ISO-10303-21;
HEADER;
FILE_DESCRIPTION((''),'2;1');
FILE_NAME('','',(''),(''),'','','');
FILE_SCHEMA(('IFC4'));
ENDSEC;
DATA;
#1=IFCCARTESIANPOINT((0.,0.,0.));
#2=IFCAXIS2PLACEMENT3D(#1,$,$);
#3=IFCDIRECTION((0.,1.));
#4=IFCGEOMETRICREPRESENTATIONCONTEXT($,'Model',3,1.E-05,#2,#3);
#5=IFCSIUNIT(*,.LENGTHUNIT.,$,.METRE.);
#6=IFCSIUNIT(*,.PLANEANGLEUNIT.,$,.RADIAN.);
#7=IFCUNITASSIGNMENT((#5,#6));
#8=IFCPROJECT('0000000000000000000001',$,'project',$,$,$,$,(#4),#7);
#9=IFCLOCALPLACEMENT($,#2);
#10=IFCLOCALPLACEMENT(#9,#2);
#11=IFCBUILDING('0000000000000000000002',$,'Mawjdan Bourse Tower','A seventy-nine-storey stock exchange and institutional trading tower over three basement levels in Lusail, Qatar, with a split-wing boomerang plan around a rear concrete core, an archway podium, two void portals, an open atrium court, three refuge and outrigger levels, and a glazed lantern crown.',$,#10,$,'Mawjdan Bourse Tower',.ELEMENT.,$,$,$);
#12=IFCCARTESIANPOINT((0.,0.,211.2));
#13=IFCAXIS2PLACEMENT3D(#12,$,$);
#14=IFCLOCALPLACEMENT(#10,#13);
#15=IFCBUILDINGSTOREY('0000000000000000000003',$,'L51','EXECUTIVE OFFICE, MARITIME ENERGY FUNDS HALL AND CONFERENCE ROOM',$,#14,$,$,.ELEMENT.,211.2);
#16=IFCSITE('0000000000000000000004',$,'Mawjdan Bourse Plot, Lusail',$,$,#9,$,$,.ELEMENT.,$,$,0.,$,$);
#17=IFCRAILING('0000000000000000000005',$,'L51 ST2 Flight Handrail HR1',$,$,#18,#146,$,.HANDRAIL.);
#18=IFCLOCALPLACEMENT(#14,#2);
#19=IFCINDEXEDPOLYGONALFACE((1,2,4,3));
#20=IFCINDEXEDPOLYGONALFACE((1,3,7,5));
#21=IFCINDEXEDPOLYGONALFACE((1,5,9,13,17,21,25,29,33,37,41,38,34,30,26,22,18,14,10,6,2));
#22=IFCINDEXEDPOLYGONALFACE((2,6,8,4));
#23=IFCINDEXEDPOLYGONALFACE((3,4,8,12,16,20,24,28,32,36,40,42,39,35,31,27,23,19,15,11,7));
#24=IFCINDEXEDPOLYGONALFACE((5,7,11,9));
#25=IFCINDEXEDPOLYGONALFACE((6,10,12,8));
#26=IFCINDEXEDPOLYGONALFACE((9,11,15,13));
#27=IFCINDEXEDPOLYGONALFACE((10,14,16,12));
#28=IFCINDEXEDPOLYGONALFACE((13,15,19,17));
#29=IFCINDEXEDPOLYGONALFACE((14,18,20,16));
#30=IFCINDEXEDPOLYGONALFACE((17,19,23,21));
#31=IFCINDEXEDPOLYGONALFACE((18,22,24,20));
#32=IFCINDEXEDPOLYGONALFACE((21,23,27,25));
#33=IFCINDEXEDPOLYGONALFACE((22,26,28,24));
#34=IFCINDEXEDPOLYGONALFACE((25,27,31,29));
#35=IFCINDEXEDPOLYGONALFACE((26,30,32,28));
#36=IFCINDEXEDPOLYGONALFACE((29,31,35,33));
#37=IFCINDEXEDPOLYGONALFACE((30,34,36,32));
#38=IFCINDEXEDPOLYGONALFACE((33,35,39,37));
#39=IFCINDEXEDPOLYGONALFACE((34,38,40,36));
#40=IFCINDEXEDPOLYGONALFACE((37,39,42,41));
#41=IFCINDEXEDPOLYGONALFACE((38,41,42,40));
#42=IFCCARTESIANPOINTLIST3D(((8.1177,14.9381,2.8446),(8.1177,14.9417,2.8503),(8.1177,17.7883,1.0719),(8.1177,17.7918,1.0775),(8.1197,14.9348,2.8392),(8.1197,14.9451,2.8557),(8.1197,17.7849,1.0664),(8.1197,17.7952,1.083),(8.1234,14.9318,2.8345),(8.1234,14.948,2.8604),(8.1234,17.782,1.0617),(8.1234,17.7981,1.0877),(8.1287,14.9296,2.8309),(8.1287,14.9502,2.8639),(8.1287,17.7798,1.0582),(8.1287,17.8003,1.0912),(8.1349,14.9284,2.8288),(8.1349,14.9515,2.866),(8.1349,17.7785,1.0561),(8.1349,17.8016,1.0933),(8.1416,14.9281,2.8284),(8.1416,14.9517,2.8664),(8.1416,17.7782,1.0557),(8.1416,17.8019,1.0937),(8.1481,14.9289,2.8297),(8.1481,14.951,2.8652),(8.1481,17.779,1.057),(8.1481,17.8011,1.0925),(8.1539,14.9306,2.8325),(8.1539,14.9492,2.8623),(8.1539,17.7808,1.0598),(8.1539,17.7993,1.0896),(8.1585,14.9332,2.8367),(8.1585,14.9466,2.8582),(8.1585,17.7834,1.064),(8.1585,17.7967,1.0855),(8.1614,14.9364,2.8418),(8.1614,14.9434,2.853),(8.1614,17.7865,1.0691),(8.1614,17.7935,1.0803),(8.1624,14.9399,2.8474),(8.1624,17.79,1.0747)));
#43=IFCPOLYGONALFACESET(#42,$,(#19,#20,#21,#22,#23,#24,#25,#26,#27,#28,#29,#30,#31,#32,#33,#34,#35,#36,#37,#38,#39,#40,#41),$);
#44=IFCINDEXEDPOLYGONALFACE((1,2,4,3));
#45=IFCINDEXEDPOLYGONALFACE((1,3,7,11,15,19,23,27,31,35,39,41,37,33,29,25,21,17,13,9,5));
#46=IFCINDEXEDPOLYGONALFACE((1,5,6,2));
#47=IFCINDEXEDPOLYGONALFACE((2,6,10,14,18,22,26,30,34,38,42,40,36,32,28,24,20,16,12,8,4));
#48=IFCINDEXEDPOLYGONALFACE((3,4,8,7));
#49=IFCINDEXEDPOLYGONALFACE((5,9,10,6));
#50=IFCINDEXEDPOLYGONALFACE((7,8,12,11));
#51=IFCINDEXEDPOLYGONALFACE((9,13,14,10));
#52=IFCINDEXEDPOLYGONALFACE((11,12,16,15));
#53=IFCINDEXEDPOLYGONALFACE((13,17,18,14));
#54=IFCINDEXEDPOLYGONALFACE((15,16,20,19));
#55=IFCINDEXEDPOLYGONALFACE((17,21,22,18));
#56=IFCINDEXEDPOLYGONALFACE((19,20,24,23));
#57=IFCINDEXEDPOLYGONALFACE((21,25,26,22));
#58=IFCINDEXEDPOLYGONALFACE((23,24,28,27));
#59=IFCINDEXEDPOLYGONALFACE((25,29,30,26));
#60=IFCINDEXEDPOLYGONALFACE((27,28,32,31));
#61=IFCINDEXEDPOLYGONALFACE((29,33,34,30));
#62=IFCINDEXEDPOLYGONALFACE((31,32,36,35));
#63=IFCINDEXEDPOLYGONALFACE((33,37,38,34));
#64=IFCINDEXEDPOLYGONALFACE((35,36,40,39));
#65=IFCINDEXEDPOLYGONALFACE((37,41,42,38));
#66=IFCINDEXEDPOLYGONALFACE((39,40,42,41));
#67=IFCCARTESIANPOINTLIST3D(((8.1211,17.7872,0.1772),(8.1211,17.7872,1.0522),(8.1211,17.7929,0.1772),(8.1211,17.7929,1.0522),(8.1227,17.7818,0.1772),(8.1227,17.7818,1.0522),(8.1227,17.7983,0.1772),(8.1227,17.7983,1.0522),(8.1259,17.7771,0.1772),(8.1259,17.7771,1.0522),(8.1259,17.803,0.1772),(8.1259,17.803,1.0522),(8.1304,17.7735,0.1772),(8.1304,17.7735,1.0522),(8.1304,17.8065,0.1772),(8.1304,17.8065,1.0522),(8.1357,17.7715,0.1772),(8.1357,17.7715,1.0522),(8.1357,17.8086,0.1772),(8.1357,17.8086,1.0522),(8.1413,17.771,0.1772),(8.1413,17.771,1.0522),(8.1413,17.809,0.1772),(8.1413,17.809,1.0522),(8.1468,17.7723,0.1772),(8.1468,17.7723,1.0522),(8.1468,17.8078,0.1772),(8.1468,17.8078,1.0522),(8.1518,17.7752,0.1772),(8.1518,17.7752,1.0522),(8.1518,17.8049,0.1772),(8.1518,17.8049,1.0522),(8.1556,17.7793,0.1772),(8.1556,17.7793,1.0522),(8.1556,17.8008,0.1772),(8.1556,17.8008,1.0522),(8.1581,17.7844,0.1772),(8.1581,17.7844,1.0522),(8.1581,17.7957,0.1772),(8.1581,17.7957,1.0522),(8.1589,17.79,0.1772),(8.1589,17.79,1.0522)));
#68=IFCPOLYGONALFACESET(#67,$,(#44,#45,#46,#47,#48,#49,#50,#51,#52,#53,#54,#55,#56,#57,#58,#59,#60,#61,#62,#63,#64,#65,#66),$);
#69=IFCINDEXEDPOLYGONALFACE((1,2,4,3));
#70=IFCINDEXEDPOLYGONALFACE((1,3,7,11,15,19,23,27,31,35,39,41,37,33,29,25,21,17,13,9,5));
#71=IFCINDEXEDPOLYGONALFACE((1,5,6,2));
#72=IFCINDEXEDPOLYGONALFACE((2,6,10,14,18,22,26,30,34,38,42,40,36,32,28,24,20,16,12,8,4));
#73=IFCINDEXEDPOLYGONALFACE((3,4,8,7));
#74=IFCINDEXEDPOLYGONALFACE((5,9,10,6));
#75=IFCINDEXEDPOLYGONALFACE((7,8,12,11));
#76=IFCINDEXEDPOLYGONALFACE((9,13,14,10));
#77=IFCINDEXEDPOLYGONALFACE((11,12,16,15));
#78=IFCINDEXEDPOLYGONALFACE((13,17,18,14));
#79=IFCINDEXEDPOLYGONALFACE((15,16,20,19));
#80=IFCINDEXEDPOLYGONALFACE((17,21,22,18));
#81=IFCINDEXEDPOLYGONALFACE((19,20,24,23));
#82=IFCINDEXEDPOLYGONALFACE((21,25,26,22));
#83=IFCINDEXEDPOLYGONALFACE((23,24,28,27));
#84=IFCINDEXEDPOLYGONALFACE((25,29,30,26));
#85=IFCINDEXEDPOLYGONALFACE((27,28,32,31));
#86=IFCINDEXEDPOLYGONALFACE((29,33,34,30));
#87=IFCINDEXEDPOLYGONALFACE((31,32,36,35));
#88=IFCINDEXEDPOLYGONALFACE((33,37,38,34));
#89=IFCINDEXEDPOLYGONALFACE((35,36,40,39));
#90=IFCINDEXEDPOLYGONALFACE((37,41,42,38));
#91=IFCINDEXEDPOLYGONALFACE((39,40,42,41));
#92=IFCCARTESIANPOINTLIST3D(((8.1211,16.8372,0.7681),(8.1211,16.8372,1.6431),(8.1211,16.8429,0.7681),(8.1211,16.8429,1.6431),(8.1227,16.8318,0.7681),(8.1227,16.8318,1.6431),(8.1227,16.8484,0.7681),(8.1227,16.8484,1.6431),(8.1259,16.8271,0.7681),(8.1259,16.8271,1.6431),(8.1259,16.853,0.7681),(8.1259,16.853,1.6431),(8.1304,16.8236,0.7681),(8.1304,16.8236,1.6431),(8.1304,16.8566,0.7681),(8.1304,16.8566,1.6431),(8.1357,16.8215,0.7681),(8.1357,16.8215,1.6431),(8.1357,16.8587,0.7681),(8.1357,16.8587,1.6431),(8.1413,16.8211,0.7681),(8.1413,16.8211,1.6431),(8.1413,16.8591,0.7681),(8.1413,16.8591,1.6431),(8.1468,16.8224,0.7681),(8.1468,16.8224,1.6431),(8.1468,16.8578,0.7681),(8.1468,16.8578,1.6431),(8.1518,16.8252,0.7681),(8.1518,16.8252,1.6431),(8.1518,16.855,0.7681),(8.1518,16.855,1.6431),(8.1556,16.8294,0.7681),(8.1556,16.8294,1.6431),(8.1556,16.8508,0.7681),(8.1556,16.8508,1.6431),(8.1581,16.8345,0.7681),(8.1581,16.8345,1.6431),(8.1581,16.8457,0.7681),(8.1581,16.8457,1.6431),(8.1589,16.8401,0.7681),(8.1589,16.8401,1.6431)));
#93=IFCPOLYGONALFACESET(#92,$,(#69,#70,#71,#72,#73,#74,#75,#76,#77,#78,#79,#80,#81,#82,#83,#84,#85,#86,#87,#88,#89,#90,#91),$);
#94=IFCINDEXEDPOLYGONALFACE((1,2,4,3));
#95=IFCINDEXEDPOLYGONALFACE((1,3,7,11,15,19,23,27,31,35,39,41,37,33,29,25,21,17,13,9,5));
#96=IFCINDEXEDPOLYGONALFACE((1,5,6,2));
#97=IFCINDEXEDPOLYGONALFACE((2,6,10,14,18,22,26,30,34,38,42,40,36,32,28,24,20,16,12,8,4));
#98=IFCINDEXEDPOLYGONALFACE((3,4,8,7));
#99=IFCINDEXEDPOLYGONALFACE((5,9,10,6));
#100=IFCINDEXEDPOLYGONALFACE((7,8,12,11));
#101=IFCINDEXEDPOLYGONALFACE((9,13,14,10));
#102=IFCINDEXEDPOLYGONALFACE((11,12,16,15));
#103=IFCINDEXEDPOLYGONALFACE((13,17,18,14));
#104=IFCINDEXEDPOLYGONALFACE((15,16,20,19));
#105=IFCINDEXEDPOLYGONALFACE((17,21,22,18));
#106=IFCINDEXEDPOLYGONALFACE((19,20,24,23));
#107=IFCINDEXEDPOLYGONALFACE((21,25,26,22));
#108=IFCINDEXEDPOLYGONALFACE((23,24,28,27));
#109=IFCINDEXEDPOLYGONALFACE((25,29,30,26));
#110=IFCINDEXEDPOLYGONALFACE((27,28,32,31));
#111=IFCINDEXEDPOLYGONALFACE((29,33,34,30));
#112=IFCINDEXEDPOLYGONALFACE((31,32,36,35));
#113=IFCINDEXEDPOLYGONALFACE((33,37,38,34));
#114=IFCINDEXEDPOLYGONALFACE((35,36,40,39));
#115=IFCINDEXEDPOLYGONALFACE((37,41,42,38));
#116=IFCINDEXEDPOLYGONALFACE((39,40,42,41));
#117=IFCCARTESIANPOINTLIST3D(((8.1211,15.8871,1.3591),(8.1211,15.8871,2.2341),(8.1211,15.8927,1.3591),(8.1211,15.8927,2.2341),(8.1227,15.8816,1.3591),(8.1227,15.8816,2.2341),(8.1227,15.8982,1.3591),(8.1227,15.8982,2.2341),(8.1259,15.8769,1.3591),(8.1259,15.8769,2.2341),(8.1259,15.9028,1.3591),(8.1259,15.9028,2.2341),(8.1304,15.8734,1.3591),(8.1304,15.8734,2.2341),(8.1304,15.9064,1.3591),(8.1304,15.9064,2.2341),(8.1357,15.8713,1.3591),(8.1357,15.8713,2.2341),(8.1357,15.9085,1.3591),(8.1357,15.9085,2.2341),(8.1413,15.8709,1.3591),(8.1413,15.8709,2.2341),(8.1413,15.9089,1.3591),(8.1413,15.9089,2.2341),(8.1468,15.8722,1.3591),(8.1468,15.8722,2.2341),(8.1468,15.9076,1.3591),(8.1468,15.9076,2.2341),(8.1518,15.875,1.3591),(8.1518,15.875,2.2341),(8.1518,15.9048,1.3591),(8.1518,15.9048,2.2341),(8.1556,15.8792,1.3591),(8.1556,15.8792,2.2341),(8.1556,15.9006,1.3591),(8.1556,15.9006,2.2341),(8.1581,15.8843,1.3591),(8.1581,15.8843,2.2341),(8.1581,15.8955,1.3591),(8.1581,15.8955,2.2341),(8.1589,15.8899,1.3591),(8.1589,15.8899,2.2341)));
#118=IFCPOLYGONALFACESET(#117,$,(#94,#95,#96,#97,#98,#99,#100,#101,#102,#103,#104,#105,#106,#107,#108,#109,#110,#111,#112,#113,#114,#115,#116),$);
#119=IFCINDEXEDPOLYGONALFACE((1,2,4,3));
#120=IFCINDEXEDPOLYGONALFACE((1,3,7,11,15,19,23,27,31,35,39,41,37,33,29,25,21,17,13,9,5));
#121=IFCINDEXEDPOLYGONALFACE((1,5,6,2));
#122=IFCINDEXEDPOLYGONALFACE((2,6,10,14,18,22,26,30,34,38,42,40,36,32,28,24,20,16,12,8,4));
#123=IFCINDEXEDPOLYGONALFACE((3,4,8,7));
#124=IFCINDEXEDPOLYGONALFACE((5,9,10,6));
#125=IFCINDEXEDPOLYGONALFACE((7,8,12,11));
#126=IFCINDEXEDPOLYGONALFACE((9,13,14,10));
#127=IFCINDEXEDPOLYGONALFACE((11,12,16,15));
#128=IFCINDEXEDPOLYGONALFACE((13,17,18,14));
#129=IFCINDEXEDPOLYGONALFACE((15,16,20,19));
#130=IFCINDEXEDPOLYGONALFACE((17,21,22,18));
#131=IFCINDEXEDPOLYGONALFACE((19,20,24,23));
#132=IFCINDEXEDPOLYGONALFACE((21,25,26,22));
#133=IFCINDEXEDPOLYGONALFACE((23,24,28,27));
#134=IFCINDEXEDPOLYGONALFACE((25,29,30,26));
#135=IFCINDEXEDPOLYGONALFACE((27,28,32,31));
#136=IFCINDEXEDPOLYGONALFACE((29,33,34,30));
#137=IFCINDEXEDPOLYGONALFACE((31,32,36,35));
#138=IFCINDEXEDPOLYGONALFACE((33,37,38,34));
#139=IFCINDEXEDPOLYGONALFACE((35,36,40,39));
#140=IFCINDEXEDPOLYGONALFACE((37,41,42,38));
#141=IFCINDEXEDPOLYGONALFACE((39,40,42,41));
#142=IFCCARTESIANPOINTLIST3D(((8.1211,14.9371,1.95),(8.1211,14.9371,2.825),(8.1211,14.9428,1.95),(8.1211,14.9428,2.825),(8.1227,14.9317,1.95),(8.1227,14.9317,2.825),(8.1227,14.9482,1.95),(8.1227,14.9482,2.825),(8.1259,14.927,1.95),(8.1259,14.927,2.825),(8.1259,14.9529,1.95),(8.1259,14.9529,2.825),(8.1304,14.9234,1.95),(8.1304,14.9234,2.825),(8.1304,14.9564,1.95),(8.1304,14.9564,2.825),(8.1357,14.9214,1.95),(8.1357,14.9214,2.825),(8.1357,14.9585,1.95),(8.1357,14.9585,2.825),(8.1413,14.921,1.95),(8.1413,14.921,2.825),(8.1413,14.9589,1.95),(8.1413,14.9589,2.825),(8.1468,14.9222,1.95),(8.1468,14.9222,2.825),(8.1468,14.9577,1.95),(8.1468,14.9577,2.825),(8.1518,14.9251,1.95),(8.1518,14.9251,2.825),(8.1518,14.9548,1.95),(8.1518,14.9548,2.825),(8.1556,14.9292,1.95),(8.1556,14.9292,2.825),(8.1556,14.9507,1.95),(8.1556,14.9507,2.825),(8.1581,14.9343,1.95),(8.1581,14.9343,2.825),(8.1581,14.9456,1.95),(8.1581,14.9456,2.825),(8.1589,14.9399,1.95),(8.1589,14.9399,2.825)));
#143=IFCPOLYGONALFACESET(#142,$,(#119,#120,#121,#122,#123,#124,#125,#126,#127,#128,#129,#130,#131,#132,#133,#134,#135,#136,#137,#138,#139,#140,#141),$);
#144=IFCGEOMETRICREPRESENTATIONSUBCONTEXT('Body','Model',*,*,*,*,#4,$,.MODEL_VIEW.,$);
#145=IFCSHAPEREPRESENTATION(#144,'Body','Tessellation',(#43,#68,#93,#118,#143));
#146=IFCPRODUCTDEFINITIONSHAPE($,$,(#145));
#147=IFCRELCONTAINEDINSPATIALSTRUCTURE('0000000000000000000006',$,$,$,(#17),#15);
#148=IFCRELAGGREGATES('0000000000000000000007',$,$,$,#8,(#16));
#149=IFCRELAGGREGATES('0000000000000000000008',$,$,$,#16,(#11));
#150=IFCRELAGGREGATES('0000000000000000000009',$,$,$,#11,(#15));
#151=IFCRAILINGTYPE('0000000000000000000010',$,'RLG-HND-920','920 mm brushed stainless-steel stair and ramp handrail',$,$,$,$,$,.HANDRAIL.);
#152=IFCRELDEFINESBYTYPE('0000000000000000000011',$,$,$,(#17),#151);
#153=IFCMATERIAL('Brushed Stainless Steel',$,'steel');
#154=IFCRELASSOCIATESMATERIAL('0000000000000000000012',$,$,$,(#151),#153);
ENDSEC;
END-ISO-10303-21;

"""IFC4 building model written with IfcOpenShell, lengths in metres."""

from ifc_helpers import new_model, si_unit, direction, frame, origin, origin_2d, place, context, subcontext, project, spatial, circle, extrude, material, type_object, element, save


model = new_model("IFC4")

# Units and contexts
model_context = context("Model", 3, precision=1e-05, world=origin(), true_north=direction((0.0, 1.0)))
body_context = subcontext(model_context, "Body", "Model", "MODEL_VIEW")
ifc_project = project(units=[si_unit("LENGTHUNIT", "METRE"), si_unit("PLANEANGLEUNIT", "RADIAN")], contexts=[model_context])

# Site, building, storey
site_placement = place(None, origin())
site = spatial("IfcSite", under=ifc_project, at=site_placement, Name="Mawjdan Bourse Plot, Lusail", CompositionType="ELEMENT", RefElevation=0.0)
building_placement = place(site_placement, origin())
building = spatial("IfcBuilding", under=site, at=building_placement, Name="Mawjdan Bourse Tower", Description="A seventy-nine-storey stock exchange and institutional trading tower over three basement levels in Lusail, Qatar, with a split-wing boomerang plan around a rear concrete core, an archway podium, two void portals, an open atrium court, three refuge and outrigger levels, and a glazed lantern crown.", LongName="Mawjdan Bourse Tower", CompositionType="ELEMENT")
storey_placement = place(building_placement, frame((0.0, 0.0, 211.2)))
storey = spatial("IfcBuildingStorey", under=building, at=storey_placement, Name="L51", Description="EXECUTIVE OFFICE, MARITIME ENERGY FUNDS HALL AND CONFERENCE ROOM", CompositionType="ELEMENT", Elevation=211.2)

# Railing
ifc_material_1 = material(Name="Brushed Stainless Steel", Category="steel")
railing_type_1 = type_object("IfcRailingType", Name="RLG-HND-920", Description="920 mm brushed stainless-steel stair and ramp handrail", PredefinedType="HANDRAIL", material=ifc_material_1)
railing_1_placement = place(storey_placement, frame((8.1399, 17.79, 0.1772)))
element("IfcRailing", 1, at=railing_1_placement, inside=storey, type_object=railing_type_1, Name="L51 ST2 Flight Handrail HR1", PredefinedType="HANDRAIL", context=body_context, shape_type="SweptSolid", body=[
    extrude(circle(Radius=0.0225, at=origin_2d()), frame((0.0, 0.0, 0.8975), z_axis=(0.0, -0.849149, 0.528154), x_axis=(1.0, 0.0, 0.0)), (0.0, 0.0, 1.0), 3.3564),
    extrude(circle(Radius=0.019, at=origin_2d()), origin(), (0.0, 0.0, 1.0), 0.875),
    extrude(circle(Radius=0.019, at=origin_2d()), frame((0.0, -0.95, 0.5908)), (0.0, 0.0, 1.0), 0.875),
    extrude(circle(Radius=0.019, at=origin_2d()), frame((0.0, -1.9001, 1.1819)), (0.0, 0.0, 1.0), 0.875),
    extrude(circle(Radius=0.019, at=origin_2d()), frame((0.0, -2.8501, 1.7727)), (0.0, 0.0, 1.0), 0.875),
])

save(model, "model.ifc")
